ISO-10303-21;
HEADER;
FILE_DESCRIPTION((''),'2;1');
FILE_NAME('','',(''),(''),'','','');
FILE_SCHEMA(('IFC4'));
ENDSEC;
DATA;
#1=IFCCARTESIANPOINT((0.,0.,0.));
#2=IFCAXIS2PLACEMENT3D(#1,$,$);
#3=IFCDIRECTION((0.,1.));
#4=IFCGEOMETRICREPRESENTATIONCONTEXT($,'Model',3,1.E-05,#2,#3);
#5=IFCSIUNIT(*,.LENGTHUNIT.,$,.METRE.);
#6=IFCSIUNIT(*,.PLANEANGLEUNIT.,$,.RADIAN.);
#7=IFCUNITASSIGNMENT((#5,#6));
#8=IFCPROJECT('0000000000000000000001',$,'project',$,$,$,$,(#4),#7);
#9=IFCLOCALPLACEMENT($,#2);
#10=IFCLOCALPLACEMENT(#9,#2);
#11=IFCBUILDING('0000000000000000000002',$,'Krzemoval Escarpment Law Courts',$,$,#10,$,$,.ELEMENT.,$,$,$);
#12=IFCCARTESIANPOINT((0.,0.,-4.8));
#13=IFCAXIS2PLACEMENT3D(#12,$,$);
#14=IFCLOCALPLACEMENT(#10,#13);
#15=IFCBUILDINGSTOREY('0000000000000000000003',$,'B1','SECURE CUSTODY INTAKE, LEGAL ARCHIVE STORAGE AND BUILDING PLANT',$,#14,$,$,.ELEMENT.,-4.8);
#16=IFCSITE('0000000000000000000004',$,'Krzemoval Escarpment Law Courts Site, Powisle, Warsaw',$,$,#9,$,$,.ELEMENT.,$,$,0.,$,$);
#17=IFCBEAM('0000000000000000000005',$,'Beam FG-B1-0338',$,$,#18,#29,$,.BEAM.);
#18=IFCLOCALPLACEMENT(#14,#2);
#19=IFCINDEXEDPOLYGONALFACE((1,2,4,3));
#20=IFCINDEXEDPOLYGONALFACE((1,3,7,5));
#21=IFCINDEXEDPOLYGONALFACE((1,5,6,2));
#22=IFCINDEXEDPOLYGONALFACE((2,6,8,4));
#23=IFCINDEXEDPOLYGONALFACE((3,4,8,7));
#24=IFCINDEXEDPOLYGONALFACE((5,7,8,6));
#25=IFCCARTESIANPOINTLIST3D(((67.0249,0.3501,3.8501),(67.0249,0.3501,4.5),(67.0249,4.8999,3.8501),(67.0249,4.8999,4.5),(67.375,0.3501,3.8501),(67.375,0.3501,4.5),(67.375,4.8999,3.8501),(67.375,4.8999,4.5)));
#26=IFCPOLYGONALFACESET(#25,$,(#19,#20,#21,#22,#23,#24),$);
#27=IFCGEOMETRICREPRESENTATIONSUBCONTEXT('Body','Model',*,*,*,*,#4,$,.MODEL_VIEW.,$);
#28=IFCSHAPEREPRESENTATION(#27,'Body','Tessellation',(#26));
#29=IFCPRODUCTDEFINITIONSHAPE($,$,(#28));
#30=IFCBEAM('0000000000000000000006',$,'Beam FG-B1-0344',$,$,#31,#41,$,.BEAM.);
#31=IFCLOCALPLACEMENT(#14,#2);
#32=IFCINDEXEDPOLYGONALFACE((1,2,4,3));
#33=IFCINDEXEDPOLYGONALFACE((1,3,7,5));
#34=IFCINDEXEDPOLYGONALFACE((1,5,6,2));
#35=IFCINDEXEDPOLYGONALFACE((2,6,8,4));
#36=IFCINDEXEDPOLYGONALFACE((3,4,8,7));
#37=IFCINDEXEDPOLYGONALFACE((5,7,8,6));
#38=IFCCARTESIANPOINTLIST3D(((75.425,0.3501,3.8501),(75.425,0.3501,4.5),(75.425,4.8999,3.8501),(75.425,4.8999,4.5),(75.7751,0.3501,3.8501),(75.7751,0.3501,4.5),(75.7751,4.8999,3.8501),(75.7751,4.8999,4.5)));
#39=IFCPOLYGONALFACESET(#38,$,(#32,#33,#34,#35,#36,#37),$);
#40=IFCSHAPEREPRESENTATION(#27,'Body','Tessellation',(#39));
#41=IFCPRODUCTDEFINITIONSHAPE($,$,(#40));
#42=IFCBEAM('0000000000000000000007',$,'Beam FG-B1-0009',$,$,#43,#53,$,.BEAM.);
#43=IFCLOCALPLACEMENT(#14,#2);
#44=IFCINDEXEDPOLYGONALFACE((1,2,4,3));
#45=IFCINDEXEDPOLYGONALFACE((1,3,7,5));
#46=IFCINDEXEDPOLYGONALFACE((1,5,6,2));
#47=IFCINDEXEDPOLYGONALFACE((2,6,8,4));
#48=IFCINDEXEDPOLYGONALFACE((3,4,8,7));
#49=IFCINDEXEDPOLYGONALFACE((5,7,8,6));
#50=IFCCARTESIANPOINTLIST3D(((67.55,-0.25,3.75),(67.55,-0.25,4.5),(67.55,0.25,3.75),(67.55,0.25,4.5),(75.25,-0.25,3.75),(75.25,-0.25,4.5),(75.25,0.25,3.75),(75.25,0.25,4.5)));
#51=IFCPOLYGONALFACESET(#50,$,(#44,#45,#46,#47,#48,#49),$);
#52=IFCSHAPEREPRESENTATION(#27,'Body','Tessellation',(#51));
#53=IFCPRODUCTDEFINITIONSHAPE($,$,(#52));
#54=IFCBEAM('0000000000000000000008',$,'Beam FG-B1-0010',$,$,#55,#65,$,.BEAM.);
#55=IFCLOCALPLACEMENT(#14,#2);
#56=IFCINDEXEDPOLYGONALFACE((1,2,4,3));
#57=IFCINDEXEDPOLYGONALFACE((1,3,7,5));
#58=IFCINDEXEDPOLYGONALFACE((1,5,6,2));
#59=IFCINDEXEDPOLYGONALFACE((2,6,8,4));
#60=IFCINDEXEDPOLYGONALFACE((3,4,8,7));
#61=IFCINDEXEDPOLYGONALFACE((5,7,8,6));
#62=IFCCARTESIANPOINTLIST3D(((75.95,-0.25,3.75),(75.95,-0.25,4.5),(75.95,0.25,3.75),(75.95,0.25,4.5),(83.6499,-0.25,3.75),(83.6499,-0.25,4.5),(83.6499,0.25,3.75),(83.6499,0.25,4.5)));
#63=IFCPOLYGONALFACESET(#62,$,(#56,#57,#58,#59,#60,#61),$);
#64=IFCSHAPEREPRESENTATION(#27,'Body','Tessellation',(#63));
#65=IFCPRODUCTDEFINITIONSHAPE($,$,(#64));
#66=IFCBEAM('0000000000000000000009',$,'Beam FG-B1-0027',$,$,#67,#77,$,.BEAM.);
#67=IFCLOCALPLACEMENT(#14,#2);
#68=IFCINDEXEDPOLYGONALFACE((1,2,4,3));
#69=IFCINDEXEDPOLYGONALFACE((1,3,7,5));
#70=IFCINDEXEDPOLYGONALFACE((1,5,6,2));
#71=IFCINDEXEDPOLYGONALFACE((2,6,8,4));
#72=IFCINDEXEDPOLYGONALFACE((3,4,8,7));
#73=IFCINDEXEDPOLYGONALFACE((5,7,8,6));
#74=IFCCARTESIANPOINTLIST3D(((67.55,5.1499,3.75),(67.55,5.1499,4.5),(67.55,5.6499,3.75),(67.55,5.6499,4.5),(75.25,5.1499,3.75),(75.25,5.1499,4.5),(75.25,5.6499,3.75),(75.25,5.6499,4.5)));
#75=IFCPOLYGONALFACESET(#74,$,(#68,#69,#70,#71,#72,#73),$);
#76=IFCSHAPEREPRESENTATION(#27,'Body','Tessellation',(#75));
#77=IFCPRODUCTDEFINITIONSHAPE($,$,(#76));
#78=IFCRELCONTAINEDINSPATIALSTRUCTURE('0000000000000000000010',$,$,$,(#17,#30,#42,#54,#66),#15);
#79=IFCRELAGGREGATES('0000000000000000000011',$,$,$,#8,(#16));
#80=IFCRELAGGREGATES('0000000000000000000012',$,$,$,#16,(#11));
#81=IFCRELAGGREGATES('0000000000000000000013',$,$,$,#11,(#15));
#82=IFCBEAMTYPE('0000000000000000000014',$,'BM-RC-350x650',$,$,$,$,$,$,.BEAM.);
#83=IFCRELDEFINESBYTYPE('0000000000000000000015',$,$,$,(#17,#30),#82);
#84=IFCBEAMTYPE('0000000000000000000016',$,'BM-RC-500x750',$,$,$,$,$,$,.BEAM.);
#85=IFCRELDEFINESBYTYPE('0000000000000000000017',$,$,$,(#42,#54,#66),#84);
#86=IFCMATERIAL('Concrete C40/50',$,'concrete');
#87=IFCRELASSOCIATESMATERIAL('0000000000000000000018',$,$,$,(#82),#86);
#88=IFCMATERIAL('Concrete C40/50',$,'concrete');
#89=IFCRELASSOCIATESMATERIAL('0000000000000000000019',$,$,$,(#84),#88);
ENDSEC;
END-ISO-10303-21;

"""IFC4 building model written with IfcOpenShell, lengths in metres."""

from ifc_helpers import new_model, si_unit, direction, frame, origin, origin_2d, place, context, subcontext, project, spatial, rectangle, extrude, material, material_profile, profile_set, type_object, element, save


model = new_model("IFC4")

# Units and contexts
model_context = context("Model", 3, precision=1e-05, world=origin(), true_north=direction((0.0, 1.0)))
body_context = subcontext(model_context, "Body", "Model", "MODEL_VIEW")
ifc_project = project(units=[si_unit("LENGTHUNIT", "METRE"), si_unit("PLANEANGLEUNIT", "RADIAN")], contexts=[model_context])

# Site, building, storey
site_placement = place(None, origin())
site = spatial("IfcSite", under=ifc_project, at=site_placement, Name="Krzemoval Escarpment Law Courts Site, Powisle, Warsaw", CompositionType="ELEMENT", RefElevation=0.0)
building_placement = place(site_placement, origin())
building = spatial("IfcBuilding", under=site, at=building_placement, Name="Krzemoval Escarpment Law Courts", CompositionType="ELEMENT")
storey_placement = place(building_placement, frame((0.0, 0.0, -4.8)))
storey = spatial("IfcBuildingStorey", under=building, at=storey_placement, Name="B1", Description="SECURE CUSTODY INTAKE, LEGAL ARCHIVE STORAGE AND BUILDING PLANT", CompositionType="ELEMENT", Elevation=-4.8)

# Beams
ifc_material_1 = material(Name="Concrete C40/50", Category="concrete")
ifc_material_profile_1 = material_profile(ifc_material_1, rectangle(XDim=0.3501, YDim=0.6499, at=origin_2d()), Name="RCB 350x650")
ifc_profile_set_1 = profile_set([ifc_material_profile_1], Name="Concrete C40/50")
beam_type_1 = type_object("IfcBeamType", Name="BM-RC-350x650", PredefinedType="BEAM", material=ifc_profile_set_1)
for number, where, z_axis, x_axis, name in (
    (1, (67.2, 0.3501, 4.175), (0.0, 1.0, 0.0), (-1.0, 0.0, 0.0), "Beam FG-B1-0338"),
    (2, (75.6001, 0.3501, 4.175), (0.0, 1.0, 0.0), (-1.0, 0.0, 0.0), "Beam FG-B1-0344"),
):
    element("IfcBeam", number, at=place(storey_placement, frame(where, z_axis=z_axis, x_axis=x_axis)), inside=storey, type_object=beam_type_1, Name=name, PredefinedType="BEAM", context=body_context, shape_type="SweptSolid", body=[
        extrude(rectangle(XDim=0.3501, YDim=0.6499, at=origin_2d()), origin(), (0.0, 0.0, 1.0), 4.5498),
    ])
ifc_material_2 = material(Name="Concrete C40/50", Category="concrete")
ifc_material_profile_2 = material_profile(ifc_material_2, rectangle(XDim=0.5, YDim=0.75, at=origin_2d()), Name="RCB 500x750")
ifc_profile_set_2 = profile_set([ifc_material_profile_2], Name="Concrete C40/50")
beam_type_2 = type_object("IfcBeamType", Name="BM-RC-500x750", PredefinedType="BEAM", material=ifc_profile_set_2)
for number, where, z_axis, x_axis, name in (
    (3, (67.55, 0.0, 4.125), (1.0, 0.0, 0.0), (0.0, 1.0, 0.0), "Beam FG-B1-0009"),
    (4, (75.95, 0.0, 4.125), (1.0, 0.0, 0.0), (0.0, 1.0, 0.0), "Beam FG-B1-0010"),
    (5, (67.55, 5.3999, 4.125), (1.0, 0.0, 0.0), (0.0, 1.0, 0.0), "Beam FG-B1-0027"),
):
    element("IfcBeam", number, at=place(storey_placement, frame(where, z_axis=z_axis, x_axis=x_axis)), inside=storey, type_object=beam_type_2, Name=name, PredefinedType="BEAM", context=body_context, shape_type="SweptSolid", body=[
        extrude(rectangle(XDim=0.5, YDim=0.75, at=origin_2d()), origin(), (0.0, 0.0, 1.0), 7.7),
    ])

save(model, "model.ifc")
